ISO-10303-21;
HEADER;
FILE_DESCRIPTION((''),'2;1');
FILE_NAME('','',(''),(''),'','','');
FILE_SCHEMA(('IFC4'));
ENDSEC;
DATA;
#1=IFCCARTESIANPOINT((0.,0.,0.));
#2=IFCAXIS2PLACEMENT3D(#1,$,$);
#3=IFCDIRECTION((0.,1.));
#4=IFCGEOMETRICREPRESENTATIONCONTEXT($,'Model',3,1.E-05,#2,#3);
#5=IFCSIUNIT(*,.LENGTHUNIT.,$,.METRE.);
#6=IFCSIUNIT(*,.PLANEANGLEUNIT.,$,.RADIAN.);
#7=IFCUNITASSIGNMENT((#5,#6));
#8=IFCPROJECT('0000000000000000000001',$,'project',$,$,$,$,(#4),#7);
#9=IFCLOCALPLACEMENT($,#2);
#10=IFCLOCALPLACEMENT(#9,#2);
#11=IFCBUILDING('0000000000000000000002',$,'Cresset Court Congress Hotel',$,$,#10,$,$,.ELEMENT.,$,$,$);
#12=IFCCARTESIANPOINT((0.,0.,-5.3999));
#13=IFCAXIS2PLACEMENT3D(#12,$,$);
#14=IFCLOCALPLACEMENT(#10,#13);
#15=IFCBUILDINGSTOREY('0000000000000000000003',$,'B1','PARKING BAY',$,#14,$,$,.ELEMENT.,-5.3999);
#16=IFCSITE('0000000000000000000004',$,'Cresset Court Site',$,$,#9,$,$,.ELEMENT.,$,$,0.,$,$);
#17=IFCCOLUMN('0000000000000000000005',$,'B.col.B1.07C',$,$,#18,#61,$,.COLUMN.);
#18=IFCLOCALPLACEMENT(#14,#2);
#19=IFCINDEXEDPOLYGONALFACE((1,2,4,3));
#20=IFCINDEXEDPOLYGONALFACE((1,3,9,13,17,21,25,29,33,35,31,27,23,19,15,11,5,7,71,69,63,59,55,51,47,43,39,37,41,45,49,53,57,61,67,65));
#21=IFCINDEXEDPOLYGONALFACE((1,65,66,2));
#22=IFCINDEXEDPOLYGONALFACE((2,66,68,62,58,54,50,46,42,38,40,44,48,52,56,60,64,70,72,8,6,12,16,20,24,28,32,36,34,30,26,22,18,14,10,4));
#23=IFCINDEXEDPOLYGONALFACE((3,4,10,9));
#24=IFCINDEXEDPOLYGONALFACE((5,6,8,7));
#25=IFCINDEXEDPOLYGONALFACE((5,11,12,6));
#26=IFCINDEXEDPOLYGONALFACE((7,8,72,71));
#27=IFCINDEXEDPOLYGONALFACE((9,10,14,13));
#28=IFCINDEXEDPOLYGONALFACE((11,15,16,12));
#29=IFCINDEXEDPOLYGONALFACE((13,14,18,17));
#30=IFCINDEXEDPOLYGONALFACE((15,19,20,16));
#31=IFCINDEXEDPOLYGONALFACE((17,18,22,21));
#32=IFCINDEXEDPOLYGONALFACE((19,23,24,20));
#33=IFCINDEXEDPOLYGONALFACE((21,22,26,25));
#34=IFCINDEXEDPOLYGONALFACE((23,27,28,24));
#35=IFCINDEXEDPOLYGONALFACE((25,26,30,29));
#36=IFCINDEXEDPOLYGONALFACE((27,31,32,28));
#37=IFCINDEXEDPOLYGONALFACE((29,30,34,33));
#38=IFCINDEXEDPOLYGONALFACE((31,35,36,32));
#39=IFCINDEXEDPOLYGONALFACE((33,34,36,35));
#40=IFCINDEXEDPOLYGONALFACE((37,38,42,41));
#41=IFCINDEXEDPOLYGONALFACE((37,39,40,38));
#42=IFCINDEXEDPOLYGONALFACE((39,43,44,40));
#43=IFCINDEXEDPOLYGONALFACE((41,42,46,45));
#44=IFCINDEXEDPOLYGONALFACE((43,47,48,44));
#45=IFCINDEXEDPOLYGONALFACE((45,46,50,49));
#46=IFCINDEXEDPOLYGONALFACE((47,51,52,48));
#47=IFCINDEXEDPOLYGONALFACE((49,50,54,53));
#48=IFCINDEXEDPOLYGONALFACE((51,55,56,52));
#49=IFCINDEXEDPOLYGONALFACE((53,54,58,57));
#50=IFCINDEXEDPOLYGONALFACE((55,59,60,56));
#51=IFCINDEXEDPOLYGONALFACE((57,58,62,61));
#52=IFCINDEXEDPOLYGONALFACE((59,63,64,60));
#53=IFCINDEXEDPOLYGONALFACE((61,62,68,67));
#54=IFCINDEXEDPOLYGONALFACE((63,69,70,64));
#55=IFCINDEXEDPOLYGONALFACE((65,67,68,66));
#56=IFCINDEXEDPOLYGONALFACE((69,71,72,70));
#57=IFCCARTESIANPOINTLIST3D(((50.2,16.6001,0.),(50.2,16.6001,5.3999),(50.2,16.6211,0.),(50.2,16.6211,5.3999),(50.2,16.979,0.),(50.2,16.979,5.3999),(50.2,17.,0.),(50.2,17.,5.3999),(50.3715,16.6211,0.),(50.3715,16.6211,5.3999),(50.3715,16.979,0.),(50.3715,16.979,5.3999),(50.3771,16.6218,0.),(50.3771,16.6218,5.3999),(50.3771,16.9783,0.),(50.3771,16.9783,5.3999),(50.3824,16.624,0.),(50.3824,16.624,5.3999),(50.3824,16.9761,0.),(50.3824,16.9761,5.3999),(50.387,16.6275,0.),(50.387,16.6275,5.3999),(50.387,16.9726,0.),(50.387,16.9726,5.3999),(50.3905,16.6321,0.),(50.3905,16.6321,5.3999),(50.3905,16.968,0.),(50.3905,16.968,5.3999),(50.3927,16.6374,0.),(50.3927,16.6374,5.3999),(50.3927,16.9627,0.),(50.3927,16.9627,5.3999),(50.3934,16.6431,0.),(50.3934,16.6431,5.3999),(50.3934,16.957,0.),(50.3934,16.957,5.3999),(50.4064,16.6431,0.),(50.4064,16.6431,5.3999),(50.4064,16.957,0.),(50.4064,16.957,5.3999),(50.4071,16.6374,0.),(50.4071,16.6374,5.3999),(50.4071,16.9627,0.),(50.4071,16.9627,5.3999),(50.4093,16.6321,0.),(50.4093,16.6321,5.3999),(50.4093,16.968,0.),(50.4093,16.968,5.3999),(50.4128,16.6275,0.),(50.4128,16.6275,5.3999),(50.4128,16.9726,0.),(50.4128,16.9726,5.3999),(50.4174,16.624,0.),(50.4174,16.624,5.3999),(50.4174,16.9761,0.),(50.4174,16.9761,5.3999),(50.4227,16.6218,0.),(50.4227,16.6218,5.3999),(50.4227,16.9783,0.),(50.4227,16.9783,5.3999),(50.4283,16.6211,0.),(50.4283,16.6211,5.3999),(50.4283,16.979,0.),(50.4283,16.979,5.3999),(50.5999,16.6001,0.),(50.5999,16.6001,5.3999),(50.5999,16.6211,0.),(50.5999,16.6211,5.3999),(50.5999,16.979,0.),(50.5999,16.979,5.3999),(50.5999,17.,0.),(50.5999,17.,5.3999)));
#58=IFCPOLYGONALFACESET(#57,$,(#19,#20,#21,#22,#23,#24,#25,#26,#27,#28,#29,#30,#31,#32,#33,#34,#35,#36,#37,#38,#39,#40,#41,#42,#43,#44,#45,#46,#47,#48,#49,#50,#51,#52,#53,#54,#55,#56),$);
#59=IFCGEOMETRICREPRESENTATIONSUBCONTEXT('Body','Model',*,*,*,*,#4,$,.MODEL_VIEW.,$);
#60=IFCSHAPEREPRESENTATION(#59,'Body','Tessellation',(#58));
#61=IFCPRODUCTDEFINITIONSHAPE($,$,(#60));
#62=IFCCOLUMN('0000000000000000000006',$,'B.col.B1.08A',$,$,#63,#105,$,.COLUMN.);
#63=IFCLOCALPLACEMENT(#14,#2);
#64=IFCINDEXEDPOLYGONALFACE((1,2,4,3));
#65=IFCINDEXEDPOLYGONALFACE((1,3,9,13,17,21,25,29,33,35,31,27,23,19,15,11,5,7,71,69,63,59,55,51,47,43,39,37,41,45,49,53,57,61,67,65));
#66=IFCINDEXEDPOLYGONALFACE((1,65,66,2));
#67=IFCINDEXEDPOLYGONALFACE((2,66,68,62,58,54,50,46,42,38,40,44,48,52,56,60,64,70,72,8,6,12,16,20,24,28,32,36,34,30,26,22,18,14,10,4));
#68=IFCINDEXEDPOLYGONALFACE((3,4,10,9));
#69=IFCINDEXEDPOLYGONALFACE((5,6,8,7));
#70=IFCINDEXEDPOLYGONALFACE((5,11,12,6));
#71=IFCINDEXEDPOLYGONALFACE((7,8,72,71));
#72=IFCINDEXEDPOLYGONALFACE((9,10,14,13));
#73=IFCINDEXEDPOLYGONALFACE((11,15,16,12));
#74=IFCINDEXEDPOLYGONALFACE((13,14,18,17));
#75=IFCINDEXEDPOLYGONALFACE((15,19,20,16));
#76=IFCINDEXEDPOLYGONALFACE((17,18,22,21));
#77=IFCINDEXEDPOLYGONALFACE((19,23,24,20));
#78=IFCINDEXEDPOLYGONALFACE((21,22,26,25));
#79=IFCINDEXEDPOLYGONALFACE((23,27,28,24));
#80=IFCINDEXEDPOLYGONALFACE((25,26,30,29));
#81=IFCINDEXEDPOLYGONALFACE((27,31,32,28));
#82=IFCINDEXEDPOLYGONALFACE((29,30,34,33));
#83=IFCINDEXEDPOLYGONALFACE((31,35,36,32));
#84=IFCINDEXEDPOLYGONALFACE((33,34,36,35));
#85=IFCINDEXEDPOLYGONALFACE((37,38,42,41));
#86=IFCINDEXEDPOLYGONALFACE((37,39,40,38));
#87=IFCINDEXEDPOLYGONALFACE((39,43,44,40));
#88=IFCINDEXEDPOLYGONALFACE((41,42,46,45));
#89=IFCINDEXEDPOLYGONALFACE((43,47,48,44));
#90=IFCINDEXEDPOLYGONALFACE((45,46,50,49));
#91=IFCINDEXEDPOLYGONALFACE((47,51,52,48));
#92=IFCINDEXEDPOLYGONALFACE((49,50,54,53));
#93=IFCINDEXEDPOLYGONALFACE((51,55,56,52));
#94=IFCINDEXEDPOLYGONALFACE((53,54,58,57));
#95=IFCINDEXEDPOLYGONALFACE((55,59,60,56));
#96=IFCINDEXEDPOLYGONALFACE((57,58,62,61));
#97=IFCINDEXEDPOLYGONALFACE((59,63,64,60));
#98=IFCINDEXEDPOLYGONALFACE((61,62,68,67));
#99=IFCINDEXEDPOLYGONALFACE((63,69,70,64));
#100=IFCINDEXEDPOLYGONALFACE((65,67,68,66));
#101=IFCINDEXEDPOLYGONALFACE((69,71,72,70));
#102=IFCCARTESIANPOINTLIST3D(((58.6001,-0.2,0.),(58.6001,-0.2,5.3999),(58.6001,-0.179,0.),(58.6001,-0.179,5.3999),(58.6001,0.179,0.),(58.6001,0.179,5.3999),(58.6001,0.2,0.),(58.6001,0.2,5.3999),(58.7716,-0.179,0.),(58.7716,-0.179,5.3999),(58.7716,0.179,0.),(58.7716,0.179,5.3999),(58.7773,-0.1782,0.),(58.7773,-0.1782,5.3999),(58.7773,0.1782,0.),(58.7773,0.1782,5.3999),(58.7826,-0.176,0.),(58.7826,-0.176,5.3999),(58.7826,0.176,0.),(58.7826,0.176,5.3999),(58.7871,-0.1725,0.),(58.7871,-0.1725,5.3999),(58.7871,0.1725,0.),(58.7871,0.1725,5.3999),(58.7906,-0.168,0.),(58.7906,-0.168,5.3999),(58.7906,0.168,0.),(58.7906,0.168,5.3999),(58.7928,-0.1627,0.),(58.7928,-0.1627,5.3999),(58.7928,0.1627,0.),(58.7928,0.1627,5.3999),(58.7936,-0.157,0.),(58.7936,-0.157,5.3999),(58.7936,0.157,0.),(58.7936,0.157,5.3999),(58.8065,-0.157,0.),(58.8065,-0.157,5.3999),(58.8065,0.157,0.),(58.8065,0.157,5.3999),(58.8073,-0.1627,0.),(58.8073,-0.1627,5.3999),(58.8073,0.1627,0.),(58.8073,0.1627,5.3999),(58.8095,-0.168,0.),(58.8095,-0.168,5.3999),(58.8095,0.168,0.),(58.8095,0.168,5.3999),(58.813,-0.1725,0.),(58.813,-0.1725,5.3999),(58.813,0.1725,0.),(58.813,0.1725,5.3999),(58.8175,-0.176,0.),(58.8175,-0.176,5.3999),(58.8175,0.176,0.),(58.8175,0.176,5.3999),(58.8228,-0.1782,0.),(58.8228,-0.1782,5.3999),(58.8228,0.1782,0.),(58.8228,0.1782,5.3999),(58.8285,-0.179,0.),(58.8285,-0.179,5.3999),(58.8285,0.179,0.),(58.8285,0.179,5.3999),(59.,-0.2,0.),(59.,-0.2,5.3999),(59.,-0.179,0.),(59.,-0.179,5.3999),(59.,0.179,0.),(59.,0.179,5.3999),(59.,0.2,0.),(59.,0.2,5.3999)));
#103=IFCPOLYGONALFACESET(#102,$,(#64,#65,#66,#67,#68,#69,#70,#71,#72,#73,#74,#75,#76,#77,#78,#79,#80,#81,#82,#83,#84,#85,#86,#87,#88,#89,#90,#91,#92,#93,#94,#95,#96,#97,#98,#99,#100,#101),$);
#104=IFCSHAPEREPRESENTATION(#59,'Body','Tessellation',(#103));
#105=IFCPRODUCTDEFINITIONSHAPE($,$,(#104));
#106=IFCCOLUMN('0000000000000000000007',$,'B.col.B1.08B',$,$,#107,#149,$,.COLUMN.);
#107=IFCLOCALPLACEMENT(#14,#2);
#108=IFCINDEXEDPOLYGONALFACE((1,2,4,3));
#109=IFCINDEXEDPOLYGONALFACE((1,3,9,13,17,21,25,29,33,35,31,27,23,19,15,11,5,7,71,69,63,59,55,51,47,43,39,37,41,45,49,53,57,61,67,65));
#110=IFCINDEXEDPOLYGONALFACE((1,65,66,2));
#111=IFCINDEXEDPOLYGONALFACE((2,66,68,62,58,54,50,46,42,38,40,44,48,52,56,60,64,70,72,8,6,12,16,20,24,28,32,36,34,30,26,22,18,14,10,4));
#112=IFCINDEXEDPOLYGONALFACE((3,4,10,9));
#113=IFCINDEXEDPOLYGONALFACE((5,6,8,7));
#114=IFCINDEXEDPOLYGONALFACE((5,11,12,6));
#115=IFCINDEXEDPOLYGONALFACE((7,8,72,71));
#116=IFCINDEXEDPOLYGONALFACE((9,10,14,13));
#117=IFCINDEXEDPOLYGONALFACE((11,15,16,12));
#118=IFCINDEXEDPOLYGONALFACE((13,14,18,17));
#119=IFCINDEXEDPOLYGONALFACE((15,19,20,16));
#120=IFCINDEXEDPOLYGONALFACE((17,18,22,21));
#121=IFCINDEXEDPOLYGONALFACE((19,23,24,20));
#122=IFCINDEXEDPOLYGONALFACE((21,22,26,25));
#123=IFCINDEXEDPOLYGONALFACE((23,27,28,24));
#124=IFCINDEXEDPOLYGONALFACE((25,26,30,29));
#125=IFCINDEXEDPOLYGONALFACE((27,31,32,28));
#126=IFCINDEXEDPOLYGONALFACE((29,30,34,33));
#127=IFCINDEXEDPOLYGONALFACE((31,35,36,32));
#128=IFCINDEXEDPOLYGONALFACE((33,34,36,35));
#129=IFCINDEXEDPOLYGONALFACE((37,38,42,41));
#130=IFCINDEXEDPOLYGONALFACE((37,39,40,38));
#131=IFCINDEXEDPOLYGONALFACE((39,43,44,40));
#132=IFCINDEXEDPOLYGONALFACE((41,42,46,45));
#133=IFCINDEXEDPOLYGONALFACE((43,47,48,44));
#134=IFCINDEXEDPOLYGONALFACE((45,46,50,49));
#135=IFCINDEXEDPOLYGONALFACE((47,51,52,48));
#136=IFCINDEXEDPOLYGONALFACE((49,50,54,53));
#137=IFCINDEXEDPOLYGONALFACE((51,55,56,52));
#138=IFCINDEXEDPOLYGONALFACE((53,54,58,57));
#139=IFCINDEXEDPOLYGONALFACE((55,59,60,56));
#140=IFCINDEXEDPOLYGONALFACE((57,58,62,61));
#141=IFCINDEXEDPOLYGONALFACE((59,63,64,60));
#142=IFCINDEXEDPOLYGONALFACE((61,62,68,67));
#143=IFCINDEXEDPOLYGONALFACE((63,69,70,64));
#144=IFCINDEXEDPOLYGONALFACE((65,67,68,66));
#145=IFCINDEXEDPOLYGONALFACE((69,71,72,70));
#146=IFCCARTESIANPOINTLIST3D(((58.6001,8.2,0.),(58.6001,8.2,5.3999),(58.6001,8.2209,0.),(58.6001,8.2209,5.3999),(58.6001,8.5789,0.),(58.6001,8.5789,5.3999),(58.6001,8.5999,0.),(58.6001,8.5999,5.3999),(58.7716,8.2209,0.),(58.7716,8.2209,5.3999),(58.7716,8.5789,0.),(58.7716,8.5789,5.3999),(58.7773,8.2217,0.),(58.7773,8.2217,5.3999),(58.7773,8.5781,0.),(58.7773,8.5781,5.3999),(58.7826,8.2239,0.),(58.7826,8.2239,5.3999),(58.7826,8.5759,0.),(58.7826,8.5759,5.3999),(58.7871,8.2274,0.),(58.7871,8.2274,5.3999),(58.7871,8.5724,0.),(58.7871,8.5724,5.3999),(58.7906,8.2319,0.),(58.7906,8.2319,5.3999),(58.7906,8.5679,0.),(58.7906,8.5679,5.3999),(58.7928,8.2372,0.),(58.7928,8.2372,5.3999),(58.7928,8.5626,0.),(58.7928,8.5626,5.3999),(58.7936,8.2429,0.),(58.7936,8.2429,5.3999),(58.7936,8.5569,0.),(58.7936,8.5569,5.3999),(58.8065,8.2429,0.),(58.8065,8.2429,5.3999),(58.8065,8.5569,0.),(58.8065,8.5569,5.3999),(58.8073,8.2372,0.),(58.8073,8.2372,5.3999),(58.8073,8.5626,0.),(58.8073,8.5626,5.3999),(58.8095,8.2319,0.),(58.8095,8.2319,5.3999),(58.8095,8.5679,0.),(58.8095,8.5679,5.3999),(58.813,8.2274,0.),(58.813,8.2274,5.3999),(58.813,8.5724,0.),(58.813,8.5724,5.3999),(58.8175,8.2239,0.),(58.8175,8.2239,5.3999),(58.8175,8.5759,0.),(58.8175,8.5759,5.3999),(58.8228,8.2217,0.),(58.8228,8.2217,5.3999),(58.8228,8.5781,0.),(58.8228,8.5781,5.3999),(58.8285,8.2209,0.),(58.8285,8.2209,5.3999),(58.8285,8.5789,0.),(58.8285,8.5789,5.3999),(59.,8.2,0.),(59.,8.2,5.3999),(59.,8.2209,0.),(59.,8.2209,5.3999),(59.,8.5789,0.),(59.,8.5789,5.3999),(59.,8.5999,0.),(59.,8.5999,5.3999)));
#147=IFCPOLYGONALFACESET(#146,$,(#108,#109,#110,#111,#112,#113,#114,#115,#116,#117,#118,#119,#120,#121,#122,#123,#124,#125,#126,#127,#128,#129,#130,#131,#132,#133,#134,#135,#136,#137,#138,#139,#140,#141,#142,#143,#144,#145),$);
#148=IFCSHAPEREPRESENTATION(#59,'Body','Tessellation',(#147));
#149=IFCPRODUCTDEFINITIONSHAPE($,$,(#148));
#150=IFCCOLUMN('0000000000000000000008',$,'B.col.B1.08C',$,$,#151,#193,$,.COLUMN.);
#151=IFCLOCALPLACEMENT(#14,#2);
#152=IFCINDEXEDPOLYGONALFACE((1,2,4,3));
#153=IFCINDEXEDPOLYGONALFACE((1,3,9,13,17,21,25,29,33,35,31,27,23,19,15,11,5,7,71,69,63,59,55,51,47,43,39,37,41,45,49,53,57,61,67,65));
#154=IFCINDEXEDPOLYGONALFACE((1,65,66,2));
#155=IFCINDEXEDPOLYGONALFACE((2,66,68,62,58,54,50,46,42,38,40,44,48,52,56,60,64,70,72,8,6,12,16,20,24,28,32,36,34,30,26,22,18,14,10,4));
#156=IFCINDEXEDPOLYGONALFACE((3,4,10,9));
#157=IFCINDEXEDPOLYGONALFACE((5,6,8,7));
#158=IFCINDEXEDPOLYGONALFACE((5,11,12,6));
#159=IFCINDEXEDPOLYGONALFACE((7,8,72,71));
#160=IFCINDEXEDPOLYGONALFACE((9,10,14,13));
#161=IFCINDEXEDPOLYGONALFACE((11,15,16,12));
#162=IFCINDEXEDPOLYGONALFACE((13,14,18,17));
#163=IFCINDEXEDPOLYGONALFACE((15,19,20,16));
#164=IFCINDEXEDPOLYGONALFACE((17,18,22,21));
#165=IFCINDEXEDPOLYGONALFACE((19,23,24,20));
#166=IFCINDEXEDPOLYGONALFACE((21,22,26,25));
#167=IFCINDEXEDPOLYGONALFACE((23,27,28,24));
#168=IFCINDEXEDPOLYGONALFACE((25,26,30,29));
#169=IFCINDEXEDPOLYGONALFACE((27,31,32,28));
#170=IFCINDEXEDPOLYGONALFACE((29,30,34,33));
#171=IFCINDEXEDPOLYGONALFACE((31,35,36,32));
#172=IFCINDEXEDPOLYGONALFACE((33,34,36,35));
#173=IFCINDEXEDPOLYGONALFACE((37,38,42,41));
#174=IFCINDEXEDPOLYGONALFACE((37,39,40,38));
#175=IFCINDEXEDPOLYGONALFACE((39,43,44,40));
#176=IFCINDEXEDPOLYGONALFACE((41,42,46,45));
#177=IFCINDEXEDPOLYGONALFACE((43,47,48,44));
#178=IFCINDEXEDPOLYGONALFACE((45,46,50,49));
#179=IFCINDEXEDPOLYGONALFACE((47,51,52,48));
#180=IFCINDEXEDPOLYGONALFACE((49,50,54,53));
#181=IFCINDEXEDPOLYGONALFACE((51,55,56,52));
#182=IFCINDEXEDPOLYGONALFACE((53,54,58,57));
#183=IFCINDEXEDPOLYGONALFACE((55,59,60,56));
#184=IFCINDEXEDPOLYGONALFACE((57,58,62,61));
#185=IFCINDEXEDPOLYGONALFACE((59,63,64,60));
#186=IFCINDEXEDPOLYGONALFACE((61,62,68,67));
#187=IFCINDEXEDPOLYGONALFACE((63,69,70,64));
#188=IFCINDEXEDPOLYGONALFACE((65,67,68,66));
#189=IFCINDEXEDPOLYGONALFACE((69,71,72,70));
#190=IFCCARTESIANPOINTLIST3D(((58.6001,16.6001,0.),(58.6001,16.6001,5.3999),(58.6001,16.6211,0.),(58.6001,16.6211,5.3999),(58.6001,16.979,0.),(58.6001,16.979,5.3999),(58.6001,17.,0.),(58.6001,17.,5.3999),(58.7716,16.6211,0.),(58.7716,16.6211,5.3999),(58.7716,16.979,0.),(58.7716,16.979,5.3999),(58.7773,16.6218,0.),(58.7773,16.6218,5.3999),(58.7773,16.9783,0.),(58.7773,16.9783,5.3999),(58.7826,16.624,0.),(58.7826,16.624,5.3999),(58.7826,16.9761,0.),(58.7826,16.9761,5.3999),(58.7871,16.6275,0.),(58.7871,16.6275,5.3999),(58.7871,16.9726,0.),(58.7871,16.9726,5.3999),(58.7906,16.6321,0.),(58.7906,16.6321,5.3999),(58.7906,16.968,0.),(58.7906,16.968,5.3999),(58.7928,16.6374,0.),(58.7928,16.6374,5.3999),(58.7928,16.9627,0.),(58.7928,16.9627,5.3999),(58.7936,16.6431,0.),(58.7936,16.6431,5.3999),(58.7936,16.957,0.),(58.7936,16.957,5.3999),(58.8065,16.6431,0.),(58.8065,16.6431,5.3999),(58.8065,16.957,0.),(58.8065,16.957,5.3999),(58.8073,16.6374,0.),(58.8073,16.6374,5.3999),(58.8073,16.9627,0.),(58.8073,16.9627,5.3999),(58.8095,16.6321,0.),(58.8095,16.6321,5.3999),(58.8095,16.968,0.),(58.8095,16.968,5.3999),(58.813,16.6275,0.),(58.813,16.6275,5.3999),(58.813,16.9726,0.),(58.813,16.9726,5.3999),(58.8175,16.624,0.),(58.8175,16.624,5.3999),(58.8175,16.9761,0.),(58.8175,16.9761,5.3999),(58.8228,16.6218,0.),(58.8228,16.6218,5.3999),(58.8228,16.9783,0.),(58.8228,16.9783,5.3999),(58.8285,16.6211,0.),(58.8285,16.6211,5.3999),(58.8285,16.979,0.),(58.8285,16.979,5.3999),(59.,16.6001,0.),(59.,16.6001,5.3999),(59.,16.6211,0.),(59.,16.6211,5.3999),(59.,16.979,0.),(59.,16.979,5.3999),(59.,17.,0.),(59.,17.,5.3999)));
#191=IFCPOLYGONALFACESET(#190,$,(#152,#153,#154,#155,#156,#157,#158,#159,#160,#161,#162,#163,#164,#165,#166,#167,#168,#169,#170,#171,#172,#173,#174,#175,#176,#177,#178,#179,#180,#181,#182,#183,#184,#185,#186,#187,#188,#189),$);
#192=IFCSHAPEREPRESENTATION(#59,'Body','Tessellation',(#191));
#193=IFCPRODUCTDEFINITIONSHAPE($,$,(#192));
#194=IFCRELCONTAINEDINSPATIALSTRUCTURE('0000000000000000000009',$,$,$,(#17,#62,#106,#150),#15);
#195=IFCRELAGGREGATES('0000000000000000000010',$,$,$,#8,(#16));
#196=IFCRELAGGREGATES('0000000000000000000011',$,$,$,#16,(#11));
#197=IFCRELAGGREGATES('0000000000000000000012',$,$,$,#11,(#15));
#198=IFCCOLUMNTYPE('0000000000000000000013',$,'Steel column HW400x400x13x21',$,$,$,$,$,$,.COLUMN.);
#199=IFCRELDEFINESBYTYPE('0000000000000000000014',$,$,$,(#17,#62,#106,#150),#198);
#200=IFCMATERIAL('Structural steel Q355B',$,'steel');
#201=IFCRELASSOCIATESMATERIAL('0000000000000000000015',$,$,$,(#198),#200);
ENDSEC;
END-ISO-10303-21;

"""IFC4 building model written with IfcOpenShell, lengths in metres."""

from ifc_helpers import new_model, si_unit, direction, frame, origin, origin_2d, place, context, subcontext, project, spatial, i_section, extrude, material, material_profile, profile_set, type_object, element, save


model = new_model("IFC4")

# Units and contexts
model_context = context("Model", 3, precision=1e-05, world=origin(), true_north=direction((0.0, 1.0)))
body_context = subcontext(model_context, "Body", "Model", "MODEL_VIEW")
ifc_project = project(units=[si_unit("LENGTHUNIT", "METRE"), si_unit("PLANEANGLEUNIT", "RADIAN")], contexts=[model_context])

# Site, building, storey
site_placement = place(None, origin())
site = spatial("IfcSite", under=ifc_project, at=site_placement, Name="Cresset Court Site", CompositionType="ELEMENT", RefElevation=0.0)
building_placement = place(site_placement, origin())
building = spatial("IfcBuilding", under=site, at=building_placement, Name="Cresset Court Congress Hotel", CompositionType="ELEMENT")
storey_placement = place(building_placement, frame((0.0, 0.0, -5.3999)))
storey = spatial("IfcBuildingStorey", under=building, at=storey_placement, Name="B1", Description="PARKING BAY", CompositionType="ELEMENT", Elevation=-5.3999)

# Columns
ifc_material_1 = material(Name="Structural steel Q355B", Category="steel")
ifc_material_profile = material_profile(ifc_material_1, i_section(OverallWidth=0.3999, OverallDepth=0.3999, WebThickness=0.0129, FlangeThickness=0.021, FilletRadius=0.022, at=origin_2d()), Name="HW400x400x13x21")
ifc_profile_set = profile_set([ifc_material_profile], Name="Structural steel Q355B")
column_type = type_object("IfcColumnType", Name="Steel column HW400x400x13x21", PredefinedType="COLUMN", material=ifc_profile_set)
for number, where, z_axis, x_axis, name in (
    (1, (50.3999, 16.8, 0.0), (0.0, 0.0, 1.0), (1.0, 0.0, 0.0), "B.col.B1.07C"),
    (2, (58.8, 0.0, 0.0), (0.0, 0.0, 1.0), (1.0, 0.0, 0.0), "B.col.B1.08A"),
    (3, (58.8, 8.3999, 0.0), (0.0, 0.0, 1.0), (1.0, 0.0, 0.0), "B.col.B1.08B"),
    (4, (58.8, 16.8, 0.0), (0.0, 0.0, 1.0), (1.0, 0.0, 0.0), "B.col.B1.08C"),
):
    element("IfcColumn", number, at=place(storey_placement, frame(where, z_axis=z_axis, x_axis=x_axis)), inside=storey, type_object=column_type, Name=name, PredefinedType="COLUMN", context=body_context, shape_type="SweptSolid", body=[
        extrude(i_section(OverallWidth=0.3999, OverallDepth=0.3999, WebThickness=0.0129, FlangeThickness=0.021, FilletRadius=0.022, at=origin_2d()), origin(), (0.0, 0.0, 1.0), 5.3999),
    ])

save(model, "model.ifc")
